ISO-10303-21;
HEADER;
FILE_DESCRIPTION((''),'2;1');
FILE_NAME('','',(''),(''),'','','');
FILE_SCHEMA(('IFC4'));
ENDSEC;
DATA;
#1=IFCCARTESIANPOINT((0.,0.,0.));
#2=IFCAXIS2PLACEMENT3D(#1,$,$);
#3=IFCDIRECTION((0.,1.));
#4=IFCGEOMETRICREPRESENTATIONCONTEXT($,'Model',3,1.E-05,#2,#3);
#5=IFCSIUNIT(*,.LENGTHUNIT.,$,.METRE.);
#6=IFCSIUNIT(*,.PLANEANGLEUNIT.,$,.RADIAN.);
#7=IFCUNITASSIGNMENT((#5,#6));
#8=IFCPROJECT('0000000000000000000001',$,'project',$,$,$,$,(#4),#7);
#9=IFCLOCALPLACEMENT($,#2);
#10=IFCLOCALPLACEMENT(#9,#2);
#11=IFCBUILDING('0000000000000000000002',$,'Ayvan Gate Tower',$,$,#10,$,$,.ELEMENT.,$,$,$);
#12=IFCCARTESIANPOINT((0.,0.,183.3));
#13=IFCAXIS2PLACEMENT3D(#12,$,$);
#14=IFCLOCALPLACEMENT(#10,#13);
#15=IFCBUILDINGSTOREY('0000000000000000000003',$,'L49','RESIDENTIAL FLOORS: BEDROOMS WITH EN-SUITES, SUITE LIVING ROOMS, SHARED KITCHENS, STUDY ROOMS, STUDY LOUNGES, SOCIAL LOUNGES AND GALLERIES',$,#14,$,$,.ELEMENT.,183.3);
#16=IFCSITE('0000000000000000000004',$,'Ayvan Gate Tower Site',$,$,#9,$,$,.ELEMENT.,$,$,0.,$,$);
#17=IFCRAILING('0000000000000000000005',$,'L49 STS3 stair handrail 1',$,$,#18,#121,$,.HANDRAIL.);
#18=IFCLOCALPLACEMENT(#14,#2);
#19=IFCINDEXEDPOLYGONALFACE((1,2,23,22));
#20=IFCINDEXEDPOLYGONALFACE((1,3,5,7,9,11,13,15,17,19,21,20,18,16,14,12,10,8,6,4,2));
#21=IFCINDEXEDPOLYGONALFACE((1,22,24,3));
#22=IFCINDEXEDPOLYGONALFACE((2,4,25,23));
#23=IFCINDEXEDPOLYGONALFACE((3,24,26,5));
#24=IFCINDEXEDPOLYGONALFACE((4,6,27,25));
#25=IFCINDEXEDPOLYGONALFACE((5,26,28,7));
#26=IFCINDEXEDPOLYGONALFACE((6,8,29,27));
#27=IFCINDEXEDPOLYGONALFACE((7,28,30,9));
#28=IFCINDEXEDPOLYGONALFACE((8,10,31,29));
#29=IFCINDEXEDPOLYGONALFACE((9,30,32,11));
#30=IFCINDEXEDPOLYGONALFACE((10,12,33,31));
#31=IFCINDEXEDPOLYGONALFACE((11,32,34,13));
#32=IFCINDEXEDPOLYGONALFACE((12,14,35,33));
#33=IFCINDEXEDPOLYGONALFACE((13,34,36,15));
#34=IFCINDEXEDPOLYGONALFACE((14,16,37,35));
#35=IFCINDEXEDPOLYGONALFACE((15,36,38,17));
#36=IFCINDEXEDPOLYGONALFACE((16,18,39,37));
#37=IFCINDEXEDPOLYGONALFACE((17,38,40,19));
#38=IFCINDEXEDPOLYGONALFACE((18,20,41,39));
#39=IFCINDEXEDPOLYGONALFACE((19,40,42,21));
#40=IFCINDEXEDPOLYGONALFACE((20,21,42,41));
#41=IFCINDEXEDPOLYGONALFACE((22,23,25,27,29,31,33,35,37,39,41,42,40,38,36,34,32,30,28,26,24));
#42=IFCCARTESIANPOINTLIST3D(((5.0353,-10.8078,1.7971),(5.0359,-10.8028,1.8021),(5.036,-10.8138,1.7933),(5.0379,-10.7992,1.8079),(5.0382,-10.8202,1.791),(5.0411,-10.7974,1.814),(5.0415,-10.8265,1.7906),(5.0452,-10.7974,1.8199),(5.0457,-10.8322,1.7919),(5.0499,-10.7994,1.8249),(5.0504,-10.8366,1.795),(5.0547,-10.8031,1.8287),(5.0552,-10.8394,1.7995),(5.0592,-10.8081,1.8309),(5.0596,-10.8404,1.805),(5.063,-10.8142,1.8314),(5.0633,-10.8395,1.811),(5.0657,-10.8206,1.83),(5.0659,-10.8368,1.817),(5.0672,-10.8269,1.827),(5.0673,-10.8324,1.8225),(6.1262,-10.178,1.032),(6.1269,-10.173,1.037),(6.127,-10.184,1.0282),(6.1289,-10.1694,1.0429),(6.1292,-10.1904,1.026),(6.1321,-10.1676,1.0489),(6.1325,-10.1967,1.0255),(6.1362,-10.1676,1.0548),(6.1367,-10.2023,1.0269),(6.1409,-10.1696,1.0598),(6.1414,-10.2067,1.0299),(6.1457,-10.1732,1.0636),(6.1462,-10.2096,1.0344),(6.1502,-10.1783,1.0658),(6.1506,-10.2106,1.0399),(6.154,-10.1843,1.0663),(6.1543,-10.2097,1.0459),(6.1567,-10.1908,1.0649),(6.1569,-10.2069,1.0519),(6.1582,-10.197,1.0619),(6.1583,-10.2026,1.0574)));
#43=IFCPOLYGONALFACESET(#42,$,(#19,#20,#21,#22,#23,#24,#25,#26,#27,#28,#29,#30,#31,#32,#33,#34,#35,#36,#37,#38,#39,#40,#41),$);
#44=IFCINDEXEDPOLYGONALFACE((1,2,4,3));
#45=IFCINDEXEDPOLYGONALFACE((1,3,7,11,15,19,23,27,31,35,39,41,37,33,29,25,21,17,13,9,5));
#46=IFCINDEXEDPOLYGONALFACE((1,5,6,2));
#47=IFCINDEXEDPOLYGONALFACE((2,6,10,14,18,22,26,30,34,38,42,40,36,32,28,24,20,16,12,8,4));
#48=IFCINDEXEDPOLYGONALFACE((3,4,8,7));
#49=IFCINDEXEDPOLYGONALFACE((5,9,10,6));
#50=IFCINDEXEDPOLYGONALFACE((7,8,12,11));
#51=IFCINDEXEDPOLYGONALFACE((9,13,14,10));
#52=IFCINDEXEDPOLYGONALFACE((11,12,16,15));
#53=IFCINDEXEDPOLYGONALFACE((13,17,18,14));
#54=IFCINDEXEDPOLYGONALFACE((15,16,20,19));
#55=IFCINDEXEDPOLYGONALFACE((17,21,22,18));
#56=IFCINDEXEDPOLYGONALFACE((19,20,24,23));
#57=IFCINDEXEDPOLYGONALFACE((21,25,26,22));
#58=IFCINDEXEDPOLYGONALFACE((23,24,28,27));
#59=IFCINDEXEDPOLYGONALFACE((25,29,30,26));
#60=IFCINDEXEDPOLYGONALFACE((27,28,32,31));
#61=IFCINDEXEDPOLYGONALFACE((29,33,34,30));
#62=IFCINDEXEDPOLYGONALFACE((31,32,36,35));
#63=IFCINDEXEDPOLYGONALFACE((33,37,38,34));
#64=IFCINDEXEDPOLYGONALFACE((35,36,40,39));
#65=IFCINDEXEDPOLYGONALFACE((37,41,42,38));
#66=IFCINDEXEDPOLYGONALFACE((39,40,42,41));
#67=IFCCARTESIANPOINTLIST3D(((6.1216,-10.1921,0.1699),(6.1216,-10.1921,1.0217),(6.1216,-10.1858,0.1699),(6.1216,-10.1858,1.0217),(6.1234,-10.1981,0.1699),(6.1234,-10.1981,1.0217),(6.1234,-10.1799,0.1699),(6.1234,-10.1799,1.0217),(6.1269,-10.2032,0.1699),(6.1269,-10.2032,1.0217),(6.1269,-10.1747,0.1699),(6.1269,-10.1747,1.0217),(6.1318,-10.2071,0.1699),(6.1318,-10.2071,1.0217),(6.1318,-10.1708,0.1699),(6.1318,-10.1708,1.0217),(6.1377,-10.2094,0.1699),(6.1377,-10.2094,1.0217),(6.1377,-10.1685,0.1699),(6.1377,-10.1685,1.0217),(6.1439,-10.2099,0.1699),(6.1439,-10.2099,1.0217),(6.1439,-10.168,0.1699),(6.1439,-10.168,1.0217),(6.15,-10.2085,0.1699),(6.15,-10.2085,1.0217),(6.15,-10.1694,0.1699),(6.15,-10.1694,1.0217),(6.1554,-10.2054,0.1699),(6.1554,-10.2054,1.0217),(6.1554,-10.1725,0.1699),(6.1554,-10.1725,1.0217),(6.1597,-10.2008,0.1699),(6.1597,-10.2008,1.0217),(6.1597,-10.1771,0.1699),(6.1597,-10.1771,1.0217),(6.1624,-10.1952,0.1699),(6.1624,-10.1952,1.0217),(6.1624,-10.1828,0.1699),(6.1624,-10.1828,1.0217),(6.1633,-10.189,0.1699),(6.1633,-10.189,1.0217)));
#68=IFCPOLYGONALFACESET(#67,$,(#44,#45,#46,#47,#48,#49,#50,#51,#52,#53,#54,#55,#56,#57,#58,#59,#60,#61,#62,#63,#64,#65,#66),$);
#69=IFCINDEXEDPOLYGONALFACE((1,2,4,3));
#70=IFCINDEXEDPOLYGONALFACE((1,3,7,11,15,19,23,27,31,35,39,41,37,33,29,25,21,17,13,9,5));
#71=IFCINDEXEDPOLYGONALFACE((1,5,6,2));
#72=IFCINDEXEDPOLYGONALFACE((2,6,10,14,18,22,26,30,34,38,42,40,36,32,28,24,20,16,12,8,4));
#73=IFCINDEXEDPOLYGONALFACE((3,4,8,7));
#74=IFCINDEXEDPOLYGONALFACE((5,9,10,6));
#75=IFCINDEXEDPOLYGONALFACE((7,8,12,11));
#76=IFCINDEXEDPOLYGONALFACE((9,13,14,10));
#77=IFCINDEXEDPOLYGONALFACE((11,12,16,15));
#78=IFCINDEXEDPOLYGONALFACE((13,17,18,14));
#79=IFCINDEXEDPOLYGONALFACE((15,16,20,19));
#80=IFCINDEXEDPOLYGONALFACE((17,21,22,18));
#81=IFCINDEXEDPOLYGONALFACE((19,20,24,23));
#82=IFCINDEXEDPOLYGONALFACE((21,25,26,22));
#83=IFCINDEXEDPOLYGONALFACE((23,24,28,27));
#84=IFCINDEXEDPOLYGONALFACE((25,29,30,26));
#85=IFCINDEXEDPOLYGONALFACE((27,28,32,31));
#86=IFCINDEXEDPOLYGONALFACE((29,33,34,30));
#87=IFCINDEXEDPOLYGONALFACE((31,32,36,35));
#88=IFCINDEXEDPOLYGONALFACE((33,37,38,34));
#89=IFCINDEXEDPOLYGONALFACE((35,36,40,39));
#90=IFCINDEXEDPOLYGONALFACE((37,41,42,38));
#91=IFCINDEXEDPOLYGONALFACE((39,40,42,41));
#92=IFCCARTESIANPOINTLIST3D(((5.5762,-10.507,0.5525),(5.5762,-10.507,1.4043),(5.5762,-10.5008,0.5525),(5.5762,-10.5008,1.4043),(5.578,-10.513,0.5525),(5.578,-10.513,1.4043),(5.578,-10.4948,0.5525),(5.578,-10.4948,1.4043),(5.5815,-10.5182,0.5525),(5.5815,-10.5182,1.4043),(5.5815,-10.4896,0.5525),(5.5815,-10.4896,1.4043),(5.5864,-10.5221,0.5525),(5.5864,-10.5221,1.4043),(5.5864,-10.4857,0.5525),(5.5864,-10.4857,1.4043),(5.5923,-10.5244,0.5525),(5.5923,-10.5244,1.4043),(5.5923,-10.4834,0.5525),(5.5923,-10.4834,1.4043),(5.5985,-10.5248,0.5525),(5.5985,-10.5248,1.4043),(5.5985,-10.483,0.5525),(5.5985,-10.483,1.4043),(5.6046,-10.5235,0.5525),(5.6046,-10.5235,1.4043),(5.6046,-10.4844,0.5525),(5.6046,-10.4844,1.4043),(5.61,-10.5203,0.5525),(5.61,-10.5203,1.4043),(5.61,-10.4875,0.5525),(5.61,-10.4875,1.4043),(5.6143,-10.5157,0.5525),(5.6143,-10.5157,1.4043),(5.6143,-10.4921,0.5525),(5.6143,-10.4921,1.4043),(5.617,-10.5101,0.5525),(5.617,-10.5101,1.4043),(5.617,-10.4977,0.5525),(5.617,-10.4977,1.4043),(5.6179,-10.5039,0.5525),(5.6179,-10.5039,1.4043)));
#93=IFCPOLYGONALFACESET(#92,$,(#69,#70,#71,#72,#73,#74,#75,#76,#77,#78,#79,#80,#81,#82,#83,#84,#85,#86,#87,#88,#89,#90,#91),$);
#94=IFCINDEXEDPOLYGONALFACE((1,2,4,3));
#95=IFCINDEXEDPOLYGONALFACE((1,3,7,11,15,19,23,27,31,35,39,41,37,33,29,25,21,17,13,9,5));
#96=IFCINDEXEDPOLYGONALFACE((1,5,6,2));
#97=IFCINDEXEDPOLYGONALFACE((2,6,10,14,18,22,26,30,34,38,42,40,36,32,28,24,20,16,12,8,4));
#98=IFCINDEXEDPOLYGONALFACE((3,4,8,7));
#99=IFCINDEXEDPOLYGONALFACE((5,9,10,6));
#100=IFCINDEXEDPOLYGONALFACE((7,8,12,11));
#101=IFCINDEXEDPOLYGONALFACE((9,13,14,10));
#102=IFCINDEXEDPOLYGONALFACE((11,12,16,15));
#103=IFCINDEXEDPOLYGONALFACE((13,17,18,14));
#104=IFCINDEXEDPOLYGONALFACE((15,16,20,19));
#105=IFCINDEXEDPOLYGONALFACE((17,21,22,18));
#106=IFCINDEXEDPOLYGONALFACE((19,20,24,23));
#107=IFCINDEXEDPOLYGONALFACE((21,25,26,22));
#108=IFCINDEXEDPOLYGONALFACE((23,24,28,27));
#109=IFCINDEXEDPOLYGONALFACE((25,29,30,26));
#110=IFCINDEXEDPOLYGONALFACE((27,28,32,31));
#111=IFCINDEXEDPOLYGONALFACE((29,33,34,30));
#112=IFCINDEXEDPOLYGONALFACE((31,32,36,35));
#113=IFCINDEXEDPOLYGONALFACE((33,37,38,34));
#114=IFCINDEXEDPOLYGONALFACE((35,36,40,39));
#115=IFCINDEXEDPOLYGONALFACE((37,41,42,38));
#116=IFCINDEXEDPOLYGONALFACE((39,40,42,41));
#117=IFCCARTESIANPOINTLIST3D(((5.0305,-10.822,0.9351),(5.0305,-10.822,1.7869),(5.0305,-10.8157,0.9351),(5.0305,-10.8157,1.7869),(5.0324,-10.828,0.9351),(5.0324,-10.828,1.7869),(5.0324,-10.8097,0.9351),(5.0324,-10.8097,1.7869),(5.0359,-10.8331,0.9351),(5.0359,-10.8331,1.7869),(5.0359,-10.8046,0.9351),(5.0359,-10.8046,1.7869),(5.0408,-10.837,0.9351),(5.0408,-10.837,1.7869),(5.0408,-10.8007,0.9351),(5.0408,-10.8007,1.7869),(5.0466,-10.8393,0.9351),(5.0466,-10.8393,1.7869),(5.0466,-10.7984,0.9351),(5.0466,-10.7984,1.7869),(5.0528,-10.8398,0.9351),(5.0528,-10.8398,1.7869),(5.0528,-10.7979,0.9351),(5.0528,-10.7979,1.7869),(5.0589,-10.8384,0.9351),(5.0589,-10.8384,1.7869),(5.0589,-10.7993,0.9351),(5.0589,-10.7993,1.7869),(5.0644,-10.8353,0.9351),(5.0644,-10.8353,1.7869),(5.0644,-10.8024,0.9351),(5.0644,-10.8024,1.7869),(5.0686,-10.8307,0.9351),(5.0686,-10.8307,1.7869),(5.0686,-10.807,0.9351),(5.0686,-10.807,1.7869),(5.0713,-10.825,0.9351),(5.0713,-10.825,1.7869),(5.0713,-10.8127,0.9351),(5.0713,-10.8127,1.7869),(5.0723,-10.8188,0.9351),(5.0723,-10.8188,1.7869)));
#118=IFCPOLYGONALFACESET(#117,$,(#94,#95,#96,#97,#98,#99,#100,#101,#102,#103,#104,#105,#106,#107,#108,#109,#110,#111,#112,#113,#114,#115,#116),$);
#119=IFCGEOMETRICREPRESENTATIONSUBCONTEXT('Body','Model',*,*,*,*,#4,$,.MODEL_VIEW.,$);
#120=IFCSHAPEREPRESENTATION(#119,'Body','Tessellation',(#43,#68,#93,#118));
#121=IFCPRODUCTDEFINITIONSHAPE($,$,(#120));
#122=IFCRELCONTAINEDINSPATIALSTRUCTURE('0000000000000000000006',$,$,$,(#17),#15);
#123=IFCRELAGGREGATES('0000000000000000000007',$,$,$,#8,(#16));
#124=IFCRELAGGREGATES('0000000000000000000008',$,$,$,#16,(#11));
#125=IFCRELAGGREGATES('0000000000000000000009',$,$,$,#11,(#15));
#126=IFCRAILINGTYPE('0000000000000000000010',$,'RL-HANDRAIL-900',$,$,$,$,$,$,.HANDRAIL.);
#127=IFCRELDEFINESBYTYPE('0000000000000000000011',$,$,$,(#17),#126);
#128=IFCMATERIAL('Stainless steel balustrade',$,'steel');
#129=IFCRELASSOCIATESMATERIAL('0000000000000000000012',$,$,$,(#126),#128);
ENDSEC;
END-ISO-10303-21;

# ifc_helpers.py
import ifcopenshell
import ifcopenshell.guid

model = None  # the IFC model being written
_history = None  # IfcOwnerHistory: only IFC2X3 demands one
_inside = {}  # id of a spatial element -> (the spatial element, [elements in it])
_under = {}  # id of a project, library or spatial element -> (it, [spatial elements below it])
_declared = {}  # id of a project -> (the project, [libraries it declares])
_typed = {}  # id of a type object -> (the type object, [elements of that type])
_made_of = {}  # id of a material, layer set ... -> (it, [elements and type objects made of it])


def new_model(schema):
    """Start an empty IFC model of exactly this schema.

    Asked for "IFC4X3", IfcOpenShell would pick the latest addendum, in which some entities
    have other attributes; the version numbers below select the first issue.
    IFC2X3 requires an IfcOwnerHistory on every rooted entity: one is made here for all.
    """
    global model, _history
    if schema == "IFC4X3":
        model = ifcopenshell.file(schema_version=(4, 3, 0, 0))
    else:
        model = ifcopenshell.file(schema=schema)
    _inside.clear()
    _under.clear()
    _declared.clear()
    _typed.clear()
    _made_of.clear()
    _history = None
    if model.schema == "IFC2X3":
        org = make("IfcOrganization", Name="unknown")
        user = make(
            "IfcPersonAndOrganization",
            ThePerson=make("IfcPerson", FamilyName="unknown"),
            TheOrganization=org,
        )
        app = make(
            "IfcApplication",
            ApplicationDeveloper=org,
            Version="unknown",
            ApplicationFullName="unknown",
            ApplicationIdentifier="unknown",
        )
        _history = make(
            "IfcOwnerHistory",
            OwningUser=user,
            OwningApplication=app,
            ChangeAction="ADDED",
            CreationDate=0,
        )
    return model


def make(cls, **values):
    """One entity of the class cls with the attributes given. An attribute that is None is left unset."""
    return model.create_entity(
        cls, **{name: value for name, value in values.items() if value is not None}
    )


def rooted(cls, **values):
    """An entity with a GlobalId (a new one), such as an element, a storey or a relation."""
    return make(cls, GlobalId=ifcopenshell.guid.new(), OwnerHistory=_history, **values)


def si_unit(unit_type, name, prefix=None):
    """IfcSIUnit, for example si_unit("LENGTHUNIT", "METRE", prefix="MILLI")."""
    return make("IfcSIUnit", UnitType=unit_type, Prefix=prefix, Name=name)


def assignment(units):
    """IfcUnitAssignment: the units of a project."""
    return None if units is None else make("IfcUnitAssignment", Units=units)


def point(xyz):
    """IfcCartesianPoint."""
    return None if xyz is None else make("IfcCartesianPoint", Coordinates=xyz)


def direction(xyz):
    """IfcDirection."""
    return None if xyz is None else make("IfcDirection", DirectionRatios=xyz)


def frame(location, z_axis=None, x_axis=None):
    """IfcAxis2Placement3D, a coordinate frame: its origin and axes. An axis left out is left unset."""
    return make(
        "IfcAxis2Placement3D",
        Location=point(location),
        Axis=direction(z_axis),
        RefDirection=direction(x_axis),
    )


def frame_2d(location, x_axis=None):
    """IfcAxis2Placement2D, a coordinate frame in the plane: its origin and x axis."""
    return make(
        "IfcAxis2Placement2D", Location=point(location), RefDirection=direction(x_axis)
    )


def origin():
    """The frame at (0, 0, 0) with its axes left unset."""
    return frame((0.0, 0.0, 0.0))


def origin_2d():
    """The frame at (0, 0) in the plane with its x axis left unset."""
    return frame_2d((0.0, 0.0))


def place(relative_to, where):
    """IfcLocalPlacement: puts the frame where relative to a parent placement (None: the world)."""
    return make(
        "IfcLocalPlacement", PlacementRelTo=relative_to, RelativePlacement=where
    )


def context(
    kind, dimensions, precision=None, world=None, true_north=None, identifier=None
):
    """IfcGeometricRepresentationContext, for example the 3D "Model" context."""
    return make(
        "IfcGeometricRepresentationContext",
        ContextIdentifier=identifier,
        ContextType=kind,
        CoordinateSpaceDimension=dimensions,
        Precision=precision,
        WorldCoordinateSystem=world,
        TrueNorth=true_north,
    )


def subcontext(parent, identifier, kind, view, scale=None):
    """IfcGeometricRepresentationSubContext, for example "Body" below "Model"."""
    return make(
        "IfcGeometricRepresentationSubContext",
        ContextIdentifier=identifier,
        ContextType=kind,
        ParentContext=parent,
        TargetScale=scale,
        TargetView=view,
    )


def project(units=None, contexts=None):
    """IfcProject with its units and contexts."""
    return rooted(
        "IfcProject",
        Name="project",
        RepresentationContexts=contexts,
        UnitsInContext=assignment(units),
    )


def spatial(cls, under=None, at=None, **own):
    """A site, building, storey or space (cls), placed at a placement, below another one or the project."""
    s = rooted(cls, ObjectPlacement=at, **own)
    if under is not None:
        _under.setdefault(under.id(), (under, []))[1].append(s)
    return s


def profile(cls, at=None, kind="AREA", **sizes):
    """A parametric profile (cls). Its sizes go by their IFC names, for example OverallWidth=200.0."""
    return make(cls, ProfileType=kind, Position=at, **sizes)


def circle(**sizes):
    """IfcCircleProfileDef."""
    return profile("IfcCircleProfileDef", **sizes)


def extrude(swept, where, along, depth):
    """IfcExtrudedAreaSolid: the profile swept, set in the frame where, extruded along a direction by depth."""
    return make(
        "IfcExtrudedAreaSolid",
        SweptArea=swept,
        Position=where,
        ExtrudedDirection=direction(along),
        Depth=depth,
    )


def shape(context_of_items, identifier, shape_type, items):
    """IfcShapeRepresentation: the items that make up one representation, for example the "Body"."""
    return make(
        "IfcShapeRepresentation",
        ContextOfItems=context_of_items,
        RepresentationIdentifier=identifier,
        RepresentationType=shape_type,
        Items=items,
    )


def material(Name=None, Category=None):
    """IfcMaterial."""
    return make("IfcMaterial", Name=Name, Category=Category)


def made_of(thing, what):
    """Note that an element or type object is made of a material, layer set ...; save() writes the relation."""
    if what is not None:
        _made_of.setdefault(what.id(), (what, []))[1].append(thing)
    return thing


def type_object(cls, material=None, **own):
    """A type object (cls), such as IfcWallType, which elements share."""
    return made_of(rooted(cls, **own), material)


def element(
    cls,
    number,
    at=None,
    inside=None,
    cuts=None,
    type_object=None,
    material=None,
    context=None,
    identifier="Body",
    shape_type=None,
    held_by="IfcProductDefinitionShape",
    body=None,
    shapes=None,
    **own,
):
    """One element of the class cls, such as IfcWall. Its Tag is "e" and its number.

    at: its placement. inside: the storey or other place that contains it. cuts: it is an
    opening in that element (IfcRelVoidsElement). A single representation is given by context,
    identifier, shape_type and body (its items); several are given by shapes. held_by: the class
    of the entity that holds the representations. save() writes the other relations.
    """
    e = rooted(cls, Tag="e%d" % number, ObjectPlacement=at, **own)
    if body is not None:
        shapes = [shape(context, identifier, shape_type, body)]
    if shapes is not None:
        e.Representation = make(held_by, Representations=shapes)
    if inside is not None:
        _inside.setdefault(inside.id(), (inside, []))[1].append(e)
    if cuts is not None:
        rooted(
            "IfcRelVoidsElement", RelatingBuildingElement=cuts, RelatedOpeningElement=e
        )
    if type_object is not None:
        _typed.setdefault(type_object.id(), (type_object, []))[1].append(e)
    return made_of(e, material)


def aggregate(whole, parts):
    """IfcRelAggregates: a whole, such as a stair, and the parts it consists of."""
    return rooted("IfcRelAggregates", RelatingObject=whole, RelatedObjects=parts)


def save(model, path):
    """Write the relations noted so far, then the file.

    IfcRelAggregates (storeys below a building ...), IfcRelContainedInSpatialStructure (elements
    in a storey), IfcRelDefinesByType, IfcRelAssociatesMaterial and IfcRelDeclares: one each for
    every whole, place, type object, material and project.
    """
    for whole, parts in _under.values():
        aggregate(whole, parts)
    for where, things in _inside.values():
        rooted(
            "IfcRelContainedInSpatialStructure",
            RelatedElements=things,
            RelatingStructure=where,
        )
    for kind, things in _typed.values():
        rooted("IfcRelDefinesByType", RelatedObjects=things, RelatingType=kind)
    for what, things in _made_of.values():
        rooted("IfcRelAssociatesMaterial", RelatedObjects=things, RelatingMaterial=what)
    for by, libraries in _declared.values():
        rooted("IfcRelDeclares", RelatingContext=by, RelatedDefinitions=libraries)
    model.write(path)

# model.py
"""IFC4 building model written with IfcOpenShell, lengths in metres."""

from ifc_helpers import new_model, si_unit, direction, frame, origin, origin_2d, place, context, subcontext, project, spatial, circle, extrude, material, type_object, element, save


model = new_model("IFC4")

# Units and contexts
model_context = context("Model", 3, precision=1e-05, world=origin(), true_north=direction((0.0, 1.0)))
body_context = subcontext(model_context, "Body", "Model", "MODEL_VIEW")
ifc_project = project(units=[si_unit("LENGTHUNIT", "METRE"), si_unit("PLANEANGLEUNIT", "RADIAN")], contexts=[model_context])

# Site, building, storey
site_placement = place(None, origin())
site = spatial("IfcSite", under=ifc_project, at=site_placement, Name="Ayvan Gate Tower Site", CompositionType="ELEMENT", RefElevation=0.0)
building_placement = place(site_placement, origin())
building = spatial("IfcBuilding", under=site, at=building_placement, Name="Ayvan Gate Tower", CompositionType="ELEMENT")
storey_placement = place(building_placement, frame((0.0, 0.0, 183.3)))
storey = spatial("IfcBuildingStorey", under=building, at=storey_placement, Name="L49", Description="RESIDENTIAL FLOORS: BEDROOMS WITH EN-SUITES, SUITE LIVING ROOMS, SHARED KITCHENS, STUDY ROOMS, STUDY LOUNGES, SOCIAL LOUNGES AND GALLERIES", CompositionType="ELEMENT", Elevation=183.3)

# Railing
ifc_material_1 = material(Name="Stainless steel balustrade", Category="steel")
railing_type = type_object("IfcRailingType", Name="RL-HANDRAIL-900", PredefinedType="HANDRAIL", material=ifc_material_1)
railing_placement = place(storey_placement, frame((6.1423, -10.189, 0.1699)))
element("IfcRailing", 1, at=railing_placement, inside=storey, type_object=railing_type, Name="L49 STS3 stair handrail 1", PredefinedType="HANDRAIL", context=body_context, shape_type="SweptSolid", body=[
    extrude(circle(Radius=0.0239, at=origin_2d()), frame((0.0, 0.0, 0.876), z_axis=(-0.740218, -0.427336, 0.519097), x_axis=(0.499974, -0.86604, 0.0)), (0.0, 0.0, 1.0), 1.4739),
    extrude(circle(Radius=0.021, at=origin_2d()), origin(), (0.0, 0.0, 1.0), 0.8518),
    extrude(circle(Radius=0.021, at=origin_2d()), frame((-0.5454, -0.3149, 0.3826)), (0.0, 0.0, 1.0), 0.8518),
    extrude(circle(Radius=0.021, at=origin_2d()), frame((-1.0911, -0.6299, 0.7651)), (0.0, 0.0, 1.0), 0.8518),
])

save(model, "model.ifc")
